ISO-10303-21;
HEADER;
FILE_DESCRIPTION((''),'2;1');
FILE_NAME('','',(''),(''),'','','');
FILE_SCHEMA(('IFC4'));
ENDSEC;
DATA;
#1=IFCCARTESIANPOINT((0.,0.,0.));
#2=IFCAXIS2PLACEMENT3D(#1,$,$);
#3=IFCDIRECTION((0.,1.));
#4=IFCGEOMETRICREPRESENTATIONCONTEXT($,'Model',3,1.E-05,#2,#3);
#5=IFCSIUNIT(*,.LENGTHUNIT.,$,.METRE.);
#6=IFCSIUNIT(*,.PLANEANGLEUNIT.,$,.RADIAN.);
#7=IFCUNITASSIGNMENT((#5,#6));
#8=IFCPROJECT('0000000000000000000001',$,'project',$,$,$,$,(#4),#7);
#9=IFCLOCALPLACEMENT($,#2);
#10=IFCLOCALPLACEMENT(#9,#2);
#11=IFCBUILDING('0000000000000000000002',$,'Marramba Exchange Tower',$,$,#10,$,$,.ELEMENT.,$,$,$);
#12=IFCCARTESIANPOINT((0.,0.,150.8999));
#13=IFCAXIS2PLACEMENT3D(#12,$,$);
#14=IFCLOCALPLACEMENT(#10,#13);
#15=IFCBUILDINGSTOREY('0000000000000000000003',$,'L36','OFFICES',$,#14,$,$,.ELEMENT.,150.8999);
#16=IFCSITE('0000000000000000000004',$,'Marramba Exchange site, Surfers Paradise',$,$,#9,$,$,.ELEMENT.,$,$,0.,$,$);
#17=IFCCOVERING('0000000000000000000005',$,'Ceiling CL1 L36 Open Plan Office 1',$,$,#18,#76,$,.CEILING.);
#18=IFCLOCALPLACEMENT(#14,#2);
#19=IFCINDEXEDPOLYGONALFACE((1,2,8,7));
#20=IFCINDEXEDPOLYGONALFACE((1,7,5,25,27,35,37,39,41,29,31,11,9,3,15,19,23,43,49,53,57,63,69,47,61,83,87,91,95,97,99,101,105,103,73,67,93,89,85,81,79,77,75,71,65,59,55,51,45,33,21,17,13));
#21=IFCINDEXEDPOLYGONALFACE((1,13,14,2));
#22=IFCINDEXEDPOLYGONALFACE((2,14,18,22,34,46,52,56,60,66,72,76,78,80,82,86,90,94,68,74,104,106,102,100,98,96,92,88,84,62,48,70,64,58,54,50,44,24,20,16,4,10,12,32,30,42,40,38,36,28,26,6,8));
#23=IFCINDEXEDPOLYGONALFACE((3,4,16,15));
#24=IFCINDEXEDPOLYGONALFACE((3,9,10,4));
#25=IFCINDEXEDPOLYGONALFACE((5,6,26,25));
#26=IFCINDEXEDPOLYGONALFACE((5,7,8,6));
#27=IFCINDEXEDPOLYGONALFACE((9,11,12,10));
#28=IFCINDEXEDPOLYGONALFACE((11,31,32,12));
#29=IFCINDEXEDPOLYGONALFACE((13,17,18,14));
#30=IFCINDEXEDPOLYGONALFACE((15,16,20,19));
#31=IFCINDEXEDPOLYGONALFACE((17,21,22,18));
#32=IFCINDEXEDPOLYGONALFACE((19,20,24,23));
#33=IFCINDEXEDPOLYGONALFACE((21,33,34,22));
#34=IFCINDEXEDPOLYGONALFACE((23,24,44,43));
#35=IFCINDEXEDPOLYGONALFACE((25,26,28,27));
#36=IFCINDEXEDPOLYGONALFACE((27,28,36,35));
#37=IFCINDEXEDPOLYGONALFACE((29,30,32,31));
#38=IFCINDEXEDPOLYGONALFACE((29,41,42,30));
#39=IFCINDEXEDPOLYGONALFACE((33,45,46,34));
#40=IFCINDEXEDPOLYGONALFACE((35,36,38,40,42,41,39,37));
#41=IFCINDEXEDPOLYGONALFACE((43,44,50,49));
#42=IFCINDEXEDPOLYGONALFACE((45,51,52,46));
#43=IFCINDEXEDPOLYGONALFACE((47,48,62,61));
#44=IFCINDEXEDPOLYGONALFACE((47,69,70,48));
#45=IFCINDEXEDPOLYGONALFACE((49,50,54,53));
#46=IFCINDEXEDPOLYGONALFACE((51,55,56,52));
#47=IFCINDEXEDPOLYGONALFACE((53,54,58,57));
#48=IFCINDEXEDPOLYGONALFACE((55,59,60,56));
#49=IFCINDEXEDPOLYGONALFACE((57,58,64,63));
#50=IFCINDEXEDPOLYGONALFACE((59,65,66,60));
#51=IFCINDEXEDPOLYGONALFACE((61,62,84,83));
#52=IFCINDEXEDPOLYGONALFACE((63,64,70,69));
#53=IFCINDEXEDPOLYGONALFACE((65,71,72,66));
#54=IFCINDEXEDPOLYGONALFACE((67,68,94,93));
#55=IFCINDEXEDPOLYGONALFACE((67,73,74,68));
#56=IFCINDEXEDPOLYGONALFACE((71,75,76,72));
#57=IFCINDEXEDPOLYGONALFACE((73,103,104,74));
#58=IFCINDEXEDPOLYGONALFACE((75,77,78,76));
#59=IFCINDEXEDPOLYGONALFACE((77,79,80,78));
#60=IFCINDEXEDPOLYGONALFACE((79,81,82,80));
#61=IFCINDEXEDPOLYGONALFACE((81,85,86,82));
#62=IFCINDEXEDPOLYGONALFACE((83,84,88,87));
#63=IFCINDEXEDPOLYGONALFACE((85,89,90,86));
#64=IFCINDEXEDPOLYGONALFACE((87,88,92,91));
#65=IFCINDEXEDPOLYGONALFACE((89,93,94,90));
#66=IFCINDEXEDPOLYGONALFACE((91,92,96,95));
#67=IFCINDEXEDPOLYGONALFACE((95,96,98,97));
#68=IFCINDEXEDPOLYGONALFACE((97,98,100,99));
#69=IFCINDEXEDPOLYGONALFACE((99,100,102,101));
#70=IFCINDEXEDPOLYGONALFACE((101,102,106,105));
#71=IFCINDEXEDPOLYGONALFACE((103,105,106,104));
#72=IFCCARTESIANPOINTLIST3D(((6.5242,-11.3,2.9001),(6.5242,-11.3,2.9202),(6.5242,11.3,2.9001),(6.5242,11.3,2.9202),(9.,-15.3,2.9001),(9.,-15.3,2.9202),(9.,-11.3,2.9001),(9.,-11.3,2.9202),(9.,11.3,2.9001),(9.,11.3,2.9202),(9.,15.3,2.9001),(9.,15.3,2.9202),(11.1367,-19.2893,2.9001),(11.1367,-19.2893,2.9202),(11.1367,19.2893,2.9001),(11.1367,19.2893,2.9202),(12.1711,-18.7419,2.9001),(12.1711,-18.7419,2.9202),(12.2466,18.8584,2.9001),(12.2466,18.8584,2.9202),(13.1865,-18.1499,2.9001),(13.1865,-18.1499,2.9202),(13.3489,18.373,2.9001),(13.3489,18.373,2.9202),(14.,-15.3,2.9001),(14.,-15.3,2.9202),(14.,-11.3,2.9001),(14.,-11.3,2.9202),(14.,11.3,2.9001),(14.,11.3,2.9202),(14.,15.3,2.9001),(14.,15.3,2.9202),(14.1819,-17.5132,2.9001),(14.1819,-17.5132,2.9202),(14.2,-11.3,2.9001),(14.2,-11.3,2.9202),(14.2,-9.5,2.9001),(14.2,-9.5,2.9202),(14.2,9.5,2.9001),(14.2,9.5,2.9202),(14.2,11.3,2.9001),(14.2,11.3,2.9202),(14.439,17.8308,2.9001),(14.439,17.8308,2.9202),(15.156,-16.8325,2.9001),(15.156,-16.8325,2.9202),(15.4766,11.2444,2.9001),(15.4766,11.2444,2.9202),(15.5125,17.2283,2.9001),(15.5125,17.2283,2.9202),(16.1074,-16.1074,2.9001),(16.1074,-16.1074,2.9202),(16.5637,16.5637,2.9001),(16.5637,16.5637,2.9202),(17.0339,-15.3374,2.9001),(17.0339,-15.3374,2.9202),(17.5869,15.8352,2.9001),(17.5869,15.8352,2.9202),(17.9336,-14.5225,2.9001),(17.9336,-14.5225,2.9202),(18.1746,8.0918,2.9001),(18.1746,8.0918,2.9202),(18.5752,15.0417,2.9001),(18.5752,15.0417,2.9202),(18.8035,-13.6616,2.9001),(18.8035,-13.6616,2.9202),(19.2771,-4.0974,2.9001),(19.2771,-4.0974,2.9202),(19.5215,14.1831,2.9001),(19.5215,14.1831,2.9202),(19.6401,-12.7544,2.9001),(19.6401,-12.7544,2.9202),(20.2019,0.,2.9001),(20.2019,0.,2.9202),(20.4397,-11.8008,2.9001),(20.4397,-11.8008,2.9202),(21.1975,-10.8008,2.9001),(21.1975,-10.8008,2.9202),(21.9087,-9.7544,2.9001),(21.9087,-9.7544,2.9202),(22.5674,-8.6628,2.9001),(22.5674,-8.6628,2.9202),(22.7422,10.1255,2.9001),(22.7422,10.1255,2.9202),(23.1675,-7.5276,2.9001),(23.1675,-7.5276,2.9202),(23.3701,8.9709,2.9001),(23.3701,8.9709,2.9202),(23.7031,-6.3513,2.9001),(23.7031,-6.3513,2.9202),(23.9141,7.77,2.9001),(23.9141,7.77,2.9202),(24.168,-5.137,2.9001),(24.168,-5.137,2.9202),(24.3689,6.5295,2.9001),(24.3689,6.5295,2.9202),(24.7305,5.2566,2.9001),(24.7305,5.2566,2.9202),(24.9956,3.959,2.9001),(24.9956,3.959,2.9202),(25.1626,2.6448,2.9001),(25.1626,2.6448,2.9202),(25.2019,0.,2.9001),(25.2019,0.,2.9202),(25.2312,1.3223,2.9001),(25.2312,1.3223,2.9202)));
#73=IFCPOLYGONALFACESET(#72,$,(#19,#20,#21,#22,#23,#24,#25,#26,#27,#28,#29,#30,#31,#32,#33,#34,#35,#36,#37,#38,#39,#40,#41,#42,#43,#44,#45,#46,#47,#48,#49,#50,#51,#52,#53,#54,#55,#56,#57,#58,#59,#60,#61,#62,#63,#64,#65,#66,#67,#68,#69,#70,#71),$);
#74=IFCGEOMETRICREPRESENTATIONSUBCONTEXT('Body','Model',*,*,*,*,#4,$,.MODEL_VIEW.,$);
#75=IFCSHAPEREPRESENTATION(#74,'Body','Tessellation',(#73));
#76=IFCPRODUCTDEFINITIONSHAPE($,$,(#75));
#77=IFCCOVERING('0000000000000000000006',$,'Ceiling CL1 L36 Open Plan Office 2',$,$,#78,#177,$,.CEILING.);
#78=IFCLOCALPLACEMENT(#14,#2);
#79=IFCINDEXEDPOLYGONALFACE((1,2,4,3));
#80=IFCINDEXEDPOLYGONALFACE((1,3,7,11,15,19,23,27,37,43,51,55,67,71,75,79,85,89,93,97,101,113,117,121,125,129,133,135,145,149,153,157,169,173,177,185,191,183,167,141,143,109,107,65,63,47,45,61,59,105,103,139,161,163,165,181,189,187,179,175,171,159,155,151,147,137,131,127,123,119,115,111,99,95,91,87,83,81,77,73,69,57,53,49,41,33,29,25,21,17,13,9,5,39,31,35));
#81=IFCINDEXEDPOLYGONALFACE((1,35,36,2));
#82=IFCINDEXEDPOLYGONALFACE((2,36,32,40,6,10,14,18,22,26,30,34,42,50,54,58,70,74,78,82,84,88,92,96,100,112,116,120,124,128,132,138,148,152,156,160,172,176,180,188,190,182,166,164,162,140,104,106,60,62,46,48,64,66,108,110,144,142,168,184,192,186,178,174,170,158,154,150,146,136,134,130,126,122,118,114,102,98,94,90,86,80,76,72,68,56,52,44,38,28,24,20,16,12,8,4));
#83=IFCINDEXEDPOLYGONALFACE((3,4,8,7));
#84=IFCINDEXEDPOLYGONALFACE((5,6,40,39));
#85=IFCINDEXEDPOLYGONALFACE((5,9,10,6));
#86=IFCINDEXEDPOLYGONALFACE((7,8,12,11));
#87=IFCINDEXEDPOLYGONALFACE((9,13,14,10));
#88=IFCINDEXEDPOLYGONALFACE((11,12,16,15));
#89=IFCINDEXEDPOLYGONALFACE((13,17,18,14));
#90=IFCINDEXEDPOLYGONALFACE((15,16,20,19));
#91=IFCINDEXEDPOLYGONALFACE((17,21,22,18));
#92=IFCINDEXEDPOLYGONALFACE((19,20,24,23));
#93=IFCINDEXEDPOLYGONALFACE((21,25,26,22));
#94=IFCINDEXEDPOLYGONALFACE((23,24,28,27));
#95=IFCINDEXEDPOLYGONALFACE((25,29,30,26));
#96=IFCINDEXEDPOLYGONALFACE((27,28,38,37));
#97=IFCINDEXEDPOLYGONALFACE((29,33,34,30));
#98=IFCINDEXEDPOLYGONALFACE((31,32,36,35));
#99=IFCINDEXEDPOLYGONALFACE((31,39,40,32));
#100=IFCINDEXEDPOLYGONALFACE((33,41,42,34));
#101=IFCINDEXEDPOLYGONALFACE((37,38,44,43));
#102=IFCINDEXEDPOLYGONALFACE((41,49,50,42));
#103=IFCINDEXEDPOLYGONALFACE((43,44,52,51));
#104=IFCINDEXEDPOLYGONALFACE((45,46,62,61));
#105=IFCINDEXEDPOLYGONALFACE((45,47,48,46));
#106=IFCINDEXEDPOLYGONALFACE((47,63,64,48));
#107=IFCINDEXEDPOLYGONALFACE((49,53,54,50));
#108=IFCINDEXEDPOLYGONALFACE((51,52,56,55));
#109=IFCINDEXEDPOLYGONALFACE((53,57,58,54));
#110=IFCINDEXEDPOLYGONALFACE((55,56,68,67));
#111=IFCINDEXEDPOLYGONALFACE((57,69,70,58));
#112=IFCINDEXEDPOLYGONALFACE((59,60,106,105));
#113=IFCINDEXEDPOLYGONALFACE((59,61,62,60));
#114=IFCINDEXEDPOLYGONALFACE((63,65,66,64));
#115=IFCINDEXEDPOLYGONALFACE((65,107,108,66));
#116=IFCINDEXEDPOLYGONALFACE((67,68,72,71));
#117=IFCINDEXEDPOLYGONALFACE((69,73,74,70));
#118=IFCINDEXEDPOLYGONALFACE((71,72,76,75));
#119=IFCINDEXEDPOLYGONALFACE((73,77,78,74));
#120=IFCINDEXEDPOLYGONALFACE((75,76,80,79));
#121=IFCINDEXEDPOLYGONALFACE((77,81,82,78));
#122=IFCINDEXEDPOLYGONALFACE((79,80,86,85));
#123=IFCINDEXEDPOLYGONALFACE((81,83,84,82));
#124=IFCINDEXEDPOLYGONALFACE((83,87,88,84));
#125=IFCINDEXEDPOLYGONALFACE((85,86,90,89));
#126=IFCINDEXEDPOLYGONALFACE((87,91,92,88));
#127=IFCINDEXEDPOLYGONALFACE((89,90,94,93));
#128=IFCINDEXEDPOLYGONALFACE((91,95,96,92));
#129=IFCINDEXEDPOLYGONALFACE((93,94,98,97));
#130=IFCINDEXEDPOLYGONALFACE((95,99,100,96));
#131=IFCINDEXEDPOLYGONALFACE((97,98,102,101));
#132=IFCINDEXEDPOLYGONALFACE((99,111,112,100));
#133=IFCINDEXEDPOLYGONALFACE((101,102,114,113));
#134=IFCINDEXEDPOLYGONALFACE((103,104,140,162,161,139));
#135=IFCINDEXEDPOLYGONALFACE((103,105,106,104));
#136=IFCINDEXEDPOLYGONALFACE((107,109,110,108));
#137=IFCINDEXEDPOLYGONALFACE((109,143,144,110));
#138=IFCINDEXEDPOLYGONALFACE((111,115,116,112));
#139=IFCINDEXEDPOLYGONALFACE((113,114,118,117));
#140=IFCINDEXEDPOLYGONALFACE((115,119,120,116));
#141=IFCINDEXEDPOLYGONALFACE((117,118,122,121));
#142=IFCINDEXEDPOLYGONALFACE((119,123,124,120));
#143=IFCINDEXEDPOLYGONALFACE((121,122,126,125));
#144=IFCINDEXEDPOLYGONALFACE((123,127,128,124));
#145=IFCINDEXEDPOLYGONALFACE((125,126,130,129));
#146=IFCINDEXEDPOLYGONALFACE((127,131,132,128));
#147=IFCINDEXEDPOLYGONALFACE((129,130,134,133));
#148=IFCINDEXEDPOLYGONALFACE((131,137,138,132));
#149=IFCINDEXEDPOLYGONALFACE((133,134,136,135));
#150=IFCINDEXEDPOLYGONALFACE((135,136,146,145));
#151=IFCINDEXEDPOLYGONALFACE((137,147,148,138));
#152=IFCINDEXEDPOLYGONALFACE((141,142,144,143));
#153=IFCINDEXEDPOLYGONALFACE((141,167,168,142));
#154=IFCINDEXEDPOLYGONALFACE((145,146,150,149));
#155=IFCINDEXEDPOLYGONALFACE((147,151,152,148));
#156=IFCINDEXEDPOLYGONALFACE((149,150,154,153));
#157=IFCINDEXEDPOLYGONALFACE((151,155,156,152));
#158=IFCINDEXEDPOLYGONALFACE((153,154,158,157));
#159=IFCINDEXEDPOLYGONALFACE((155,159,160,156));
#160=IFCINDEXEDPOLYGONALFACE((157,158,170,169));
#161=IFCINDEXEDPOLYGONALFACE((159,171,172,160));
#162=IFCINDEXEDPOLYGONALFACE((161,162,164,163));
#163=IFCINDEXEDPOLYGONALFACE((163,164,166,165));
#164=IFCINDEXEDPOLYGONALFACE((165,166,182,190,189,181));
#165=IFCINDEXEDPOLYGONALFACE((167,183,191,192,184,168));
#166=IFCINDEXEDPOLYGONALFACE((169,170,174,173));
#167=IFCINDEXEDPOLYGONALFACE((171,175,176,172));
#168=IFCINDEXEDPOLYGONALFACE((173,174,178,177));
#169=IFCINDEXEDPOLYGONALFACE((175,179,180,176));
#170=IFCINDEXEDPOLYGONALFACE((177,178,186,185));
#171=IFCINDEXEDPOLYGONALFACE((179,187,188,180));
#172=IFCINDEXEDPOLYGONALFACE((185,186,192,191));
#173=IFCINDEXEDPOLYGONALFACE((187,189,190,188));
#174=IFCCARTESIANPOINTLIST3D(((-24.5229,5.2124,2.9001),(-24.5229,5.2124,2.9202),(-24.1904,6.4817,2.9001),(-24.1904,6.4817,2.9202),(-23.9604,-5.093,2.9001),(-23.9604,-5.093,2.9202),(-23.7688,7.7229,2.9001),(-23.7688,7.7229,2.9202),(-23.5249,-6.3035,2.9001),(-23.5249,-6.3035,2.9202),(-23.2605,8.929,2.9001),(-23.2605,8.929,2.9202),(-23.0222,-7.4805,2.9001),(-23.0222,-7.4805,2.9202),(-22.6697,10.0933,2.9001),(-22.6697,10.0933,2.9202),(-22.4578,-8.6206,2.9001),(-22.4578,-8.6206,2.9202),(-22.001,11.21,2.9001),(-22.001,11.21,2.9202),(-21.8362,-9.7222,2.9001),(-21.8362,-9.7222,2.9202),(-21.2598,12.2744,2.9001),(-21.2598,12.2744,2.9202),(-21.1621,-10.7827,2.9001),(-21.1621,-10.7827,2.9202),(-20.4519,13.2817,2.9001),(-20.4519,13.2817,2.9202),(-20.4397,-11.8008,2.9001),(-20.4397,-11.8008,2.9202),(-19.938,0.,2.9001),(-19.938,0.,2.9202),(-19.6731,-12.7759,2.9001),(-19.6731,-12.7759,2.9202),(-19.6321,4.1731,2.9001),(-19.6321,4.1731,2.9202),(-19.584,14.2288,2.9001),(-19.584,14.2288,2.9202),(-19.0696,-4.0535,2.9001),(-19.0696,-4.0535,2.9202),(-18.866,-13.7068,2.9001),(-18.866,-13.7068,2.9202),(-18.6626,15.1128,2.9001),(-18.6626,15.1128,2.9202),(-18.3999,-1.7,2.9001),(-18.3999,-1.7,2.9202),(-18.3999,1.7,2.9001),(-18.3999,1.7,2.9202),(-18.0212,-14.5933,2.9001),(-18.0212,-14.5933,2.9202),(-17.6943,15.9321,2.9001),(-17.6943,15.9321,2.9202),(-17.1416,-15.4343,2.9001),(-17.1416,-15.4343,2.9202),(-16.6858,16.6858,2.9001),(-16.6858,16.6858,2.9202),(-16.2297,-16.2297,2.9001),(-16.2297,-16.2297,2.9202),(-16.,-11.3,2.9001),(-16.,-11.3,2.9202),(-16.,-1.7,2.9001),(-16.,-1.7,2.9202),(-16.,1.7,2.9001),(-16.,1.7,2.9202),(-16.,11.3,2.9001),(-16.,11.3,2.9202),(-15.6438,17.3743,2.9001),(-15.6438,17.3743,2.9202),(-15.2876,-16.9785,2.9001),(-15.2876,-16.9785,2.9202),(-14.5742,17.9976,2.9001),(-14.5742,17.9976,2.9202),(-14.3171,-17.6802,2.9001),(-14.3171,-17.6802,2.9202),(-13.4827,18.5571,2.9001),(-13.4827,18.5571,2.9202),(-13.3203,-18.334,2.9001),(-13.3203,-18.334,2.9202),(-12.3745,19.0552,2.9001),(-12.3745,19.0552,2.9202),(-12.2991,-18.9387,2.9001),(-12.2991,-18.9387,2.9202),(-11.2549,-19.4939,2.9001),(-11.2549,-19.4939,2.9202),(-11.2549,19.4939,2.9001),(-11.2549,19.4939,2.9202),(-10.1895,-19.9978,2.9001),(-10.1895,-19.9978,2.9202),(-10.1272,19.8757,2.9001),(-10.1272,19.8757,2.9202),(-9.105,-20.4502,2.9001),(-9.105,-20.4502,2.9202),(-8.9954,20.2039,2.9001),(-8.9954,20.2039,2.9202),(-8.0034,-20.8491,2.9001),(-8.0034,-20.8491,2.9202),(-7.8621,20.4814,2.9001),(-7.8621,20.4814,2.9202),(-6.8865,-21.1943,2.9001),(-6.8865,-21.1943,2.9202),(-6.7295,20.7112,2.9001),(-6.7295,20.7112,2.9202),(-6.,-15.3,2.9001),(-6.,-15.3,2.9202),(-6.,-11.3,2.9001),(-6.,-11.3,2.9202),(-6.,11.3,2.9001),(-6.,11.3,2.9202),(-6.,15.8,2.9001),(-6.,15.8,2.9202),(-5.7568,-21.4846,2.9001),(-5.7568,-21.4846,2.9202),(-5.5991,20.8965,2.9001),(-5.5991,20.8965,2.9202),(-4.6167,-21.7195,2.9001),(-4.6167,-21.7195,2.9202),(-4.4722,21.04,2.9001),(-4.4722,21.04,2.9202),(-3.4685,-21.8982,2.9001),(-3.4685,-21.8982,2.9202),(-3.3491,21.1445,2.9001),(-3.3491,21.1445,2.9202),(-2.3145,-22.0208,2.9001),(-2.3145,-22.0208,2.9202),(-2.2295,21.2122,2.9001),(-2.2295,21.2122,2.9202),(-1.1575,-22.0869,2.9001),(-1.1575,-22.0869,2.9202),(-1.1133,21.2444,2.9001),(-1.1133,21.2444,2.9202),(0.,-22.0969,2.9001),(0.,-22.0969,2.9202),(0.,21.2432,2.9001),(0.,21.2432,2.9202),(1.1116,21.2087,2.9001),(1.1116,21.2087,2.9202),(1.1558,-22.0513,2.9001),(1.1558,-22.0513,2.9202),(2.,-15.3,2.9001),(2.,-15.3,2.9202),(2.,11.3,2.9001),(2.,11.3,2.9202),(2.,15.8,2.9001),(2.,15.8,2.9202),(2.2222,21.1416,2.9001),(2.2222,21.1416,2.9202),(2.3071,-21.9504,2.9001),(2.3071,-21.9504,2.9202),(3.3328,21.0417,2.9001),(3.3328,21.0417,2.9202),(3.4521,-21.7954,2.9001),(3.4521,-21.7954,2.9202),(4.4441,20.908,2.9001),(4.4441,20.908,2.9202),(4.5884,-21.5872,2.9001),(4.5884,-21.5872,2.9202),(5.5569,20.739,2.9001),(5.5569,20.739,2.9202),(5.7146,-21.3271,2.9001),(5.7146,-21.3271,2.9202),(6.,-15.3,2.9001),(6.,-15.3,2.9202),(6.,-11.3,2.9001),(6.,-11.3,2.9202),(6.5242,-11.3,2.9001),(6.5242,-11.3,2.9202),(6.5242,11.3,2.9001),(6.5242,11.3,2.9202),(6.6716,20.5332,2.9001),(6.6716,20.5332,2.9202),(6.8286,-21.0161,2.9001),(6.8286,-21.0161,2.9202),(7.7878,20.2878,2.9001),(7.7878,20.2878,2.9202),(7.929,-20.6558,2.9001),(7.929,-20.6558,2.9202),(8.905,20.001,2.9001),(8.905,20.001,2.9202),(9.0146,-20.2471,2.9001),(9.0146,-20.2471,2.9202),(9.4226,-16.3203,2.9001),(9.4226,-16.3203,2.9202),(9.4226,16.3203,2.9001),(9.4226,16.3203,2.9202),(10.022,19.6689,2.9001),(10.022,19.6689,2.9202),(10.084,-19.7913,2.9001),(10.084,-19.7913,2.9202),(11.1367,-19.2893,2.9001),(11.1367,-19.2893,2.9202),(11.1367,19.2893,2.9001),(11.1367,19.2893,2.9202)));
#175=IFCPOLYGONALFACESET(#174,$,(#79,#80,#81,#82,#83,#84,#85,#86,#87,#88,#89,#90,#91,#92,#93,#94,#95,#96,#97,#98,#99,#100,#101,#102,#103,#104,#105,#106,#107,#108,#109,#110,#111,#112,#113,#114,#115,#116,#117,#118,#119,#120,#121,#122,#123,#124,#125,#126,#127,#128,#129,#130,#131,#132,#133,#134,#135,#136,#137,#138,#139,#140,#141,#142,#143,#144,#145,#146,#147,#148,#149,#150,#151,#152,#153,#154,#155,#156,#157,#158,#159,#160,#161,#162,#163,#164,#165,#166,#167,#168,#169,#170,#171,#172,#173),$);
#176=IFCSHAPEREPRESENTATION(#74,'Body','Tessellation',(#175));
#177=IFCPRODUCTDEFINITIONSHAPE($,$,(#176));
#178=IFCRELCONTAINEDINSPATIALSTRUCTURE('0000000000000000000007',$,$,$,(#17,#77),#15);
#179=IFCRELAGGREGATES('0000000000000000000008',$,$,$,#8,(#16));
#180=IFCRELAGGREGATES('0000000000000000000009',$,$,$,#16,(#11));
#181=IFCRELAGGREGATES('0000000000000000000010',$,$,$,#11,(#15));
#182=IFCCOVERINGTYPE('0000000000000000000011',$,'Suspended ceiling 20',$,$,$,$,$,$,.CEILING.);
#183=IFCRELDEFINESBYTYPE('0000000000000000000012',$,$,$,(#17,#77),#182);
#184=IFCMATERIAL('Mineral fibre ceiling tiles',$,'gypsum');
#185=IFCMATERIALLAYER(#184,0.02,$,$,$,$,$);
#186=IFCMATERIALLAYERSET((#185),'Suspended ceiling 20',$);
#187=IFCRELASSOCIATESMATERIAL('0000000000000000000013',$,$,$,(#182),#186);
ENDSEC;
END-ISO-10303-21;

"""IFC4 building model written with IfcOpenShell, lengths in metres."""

from ifc_helpers import new_model, si_unit, direction, frame, origin, place, context, subcontext, project, spatial, polyline, outline, extrude, material, layer, layer_set, type_object, element, save


model = new_model("IFC4")

# Units and contexts
model_context = context("Model", 3, precision=1e-05, world=origin(), true_north=direction((0.0, 1.0)))
body_context = subcontext(model_context, "Body", "Model", "MODEL_VIEW")
ifc_project = project(units=[si_unit("LENGTHUNIT", "METRE"), si_unit("PLANEANGLEUNIT", "RADIAN")], contexts=[model_context])

# Site, building, storey
site_placement = place(None, origin())
site = spatial("IfcSite", under=ifc_project, at=site_placement, Name="Marramba Exchange site, Surfers Paradise", CompositionType="ELEMENT", RefElevation=0.0)
building_placement = place(site_placement, origin())
building = spatial("IfcBuilding", under=site, at=building_placement, Name="Marramba Exchange Tower", CompositionType="ELEMENT")
storey_placement = place(building_placement, frame((0.0, 0.0, 150.8999)))
storey = spatial("IfcBuildingStorey", under=building, at=storey_placement, Name="L36", Description="OFFICES", CompositionType="ELEMENT", Elevation=150.8999)

# Coverings
ifc_material_1 = material(Name="Mineral fibre ceiling tiles", Category="gypsum")
ifc_layer_1 = layer(ifc_material_1, 0.02)
ifc_layer_set_1 = layer_set([ifc_layer_1], Name="Suspended ceiling 20")
covering_type = type_object("IfcCoveringType", Name="Suspended ceiling 20", PredefinedType="CEILING", material=ifc_layer_set_1)
covering_1_placement = place(storey_placement, frame((0.0, 0.0, 2.9001)))
element("IfcCovering", 1, at=covering_1_placement, inside=storey, type_object=covering_type, Name="Ceiling CL1 L36 Open Plan Office 1", PredefinedType="CEILING", context=body_context, shape_type="SweptSolid", body=[
    extrude(outline(polyline([(14.2, -9.5), (14.2, 9.5), (14.2, 11.3), (14.0, 11.3), (14.0, 15.3), (9.0, 15.3), (9.0, 11.3), (6.5242, 11.3), (11.1367, 19.2893), (12.2466, 18.8584), (13.3489, 18.373), (14.439, 17.8308), (15.5125, 17.2283), (16.5637, 16.5637), (17.5869, 15.8352), (18.5752, 15.0417), (19.5215, 14.1831), (15.4766, 11.2444), (18.1746, 8.0918), (22.7422, 10.1255), (23.3701, 8.9709), (23.9141, 7.77), (24.3689, 6.5295), (24.7305, 5.2566), (24.9956, 3.959), (25.1626, 2.6448), (25.2312, 1.3223), (25.2019, 0.0), (20.2019, 0.0), (19.2771, -4.0974), (24.168, -5.137), (23.7031, -6.3513), (23.1675, -7.5276), (22.5674, -8.6628), (21.9087, -9.7544), (21.1975, -10.8008), (20.4397, -11.8008), (19.6401, -12.7544), (18.8035, -13.6616), (17.9336, -14.5225), (17.0339, -15.3374), (16.1074, -16.1074), (15.156, -16.8325), (14.1819, -17.5132), (13.1865, -18.1499), (12.1711, -18.7419), (11.1367, -19.2893), (6.5242, -11.3), (9.0, -11.3), (9.0, -15.3), (14.0, -15.3), (14.0, -11.3), (14.2, -11.3), (14.2, -9.5)])), origin(), (0.0, 0.0, 1.0), 0.02),
])
covering_2_placement = place(storey_placement, frame((0.0, 0.0, 2.9001)))
element("IfcCovering", 2, at=covering_2_placement, inside=storey, type_object=covering_type, Name="Ceiling CL1 L36 Open Plan Office 2", PredefinedType="CEILING", context=body_context, shape_type="SweptSolid", body=[
    extrude(outline(polyline([(-16.0, 1.7), (-18.3999, 1.7), (-18.3999, -1.7), (-16.0, -1.7), (-16.0, -11.3), (-6.0, -11.3), (-6.0, -15.3), (2.0, -15.3), (6.0, -15.3), (6.0, -11.3), (6.5242, -11.3), (9.4226, -16.3203), (11.1367, -19.2893), (10.084, -19.7913), (9.0146, -20.2471), (7.929, -20.6558), (6.8286, -21.0161), (5.7146, -21.3271), (4.5884, -21.5872), (3.4521, -21.7954), (2.3071, -21.9504), (1.1558, -22.0513), (0.0, -22.0969), (-1.1575, -22.0869), (-2.3145, -22.0208), (-3.4685, -21.8982), (-4.6167, -21.7195), (-5.7568, -21.4846), (-6.8865, -21.1943), (-8.0034, -20.8491), (-9.105, -20.4502), (-10.1895, -19.9978), (-11.2549, -19.4939), (-12.2991, -18.9387), (-13.3203, -18.334), (-14.3171, -17.6802), (-15.2876, -16.9785), (-16.2297, -16.2297), (-17.1416, -15.4343), (-18.0212, -14.5933), (-18.866, -13.7068), (-19.6731, -12.7759), (-20.4397, -11.8008), (-21.1621, -10.7827), (-21.8362, -9.7222), (-22.4578, -8.6206), (-23.0222, -7.4805), (-23.5249, -6.3035), (-23.9604, -5.093), (-19.0696, -4.0535), (-19.938, 0.0), (-19.6321, 4.1731), (-24.5229, 5.2124), (-24.1904, 6.4817), (-23.7688, 7.7229), (-23.2605, 8.929), (-22.6697, 10.0933), (-22.001, 11.21), (-21.2598, 12.2744), (-20.4519, 13.2817), (-19.584, 14.2288), (-18.6626, 15.1128), (-17.6943, 15.9321), (-16.6858, 16.6858), (-15.6438, 17.3743), (-14.5742, 17.9976), (-13.4827, 18.5571), (-12.3745, 19.0552), (-11.2549, 19.4939), (-10.1272, 19.8757), (-8.9954, 20.2039), (-7.8621, 20.4814), (-6.7295, 20.7112), (-5.5991, 20.8965), (-4.4722, 21.04), (-3.3491, 21.1445), (-2.2295, 21.2122), (-1.1133, 21.2444), (0.0, 21.2432), (1.1116, 21.2087), (2.2222, 21.1416), (3.3328, 21.0417), (4.4441, 20.908), (5.5569, 20.739), (6.6716, 20.5332), (7.7878, 20.2878), (8.905, 20.001), (10.022, 19.6689), (11.1367, 19.2893), (9.4226, 16.3203), (6.5242, 11.3), (2.0, 11.3), (2.0, 15.8), (-6.0, 15.8), (-6.0, 11.3), (-16.0, 11.3), (-16.0, 1.7)])), origin(), (0.0, 0.0, 1.0), 0.02),
])

save(model, "model.ifc")
